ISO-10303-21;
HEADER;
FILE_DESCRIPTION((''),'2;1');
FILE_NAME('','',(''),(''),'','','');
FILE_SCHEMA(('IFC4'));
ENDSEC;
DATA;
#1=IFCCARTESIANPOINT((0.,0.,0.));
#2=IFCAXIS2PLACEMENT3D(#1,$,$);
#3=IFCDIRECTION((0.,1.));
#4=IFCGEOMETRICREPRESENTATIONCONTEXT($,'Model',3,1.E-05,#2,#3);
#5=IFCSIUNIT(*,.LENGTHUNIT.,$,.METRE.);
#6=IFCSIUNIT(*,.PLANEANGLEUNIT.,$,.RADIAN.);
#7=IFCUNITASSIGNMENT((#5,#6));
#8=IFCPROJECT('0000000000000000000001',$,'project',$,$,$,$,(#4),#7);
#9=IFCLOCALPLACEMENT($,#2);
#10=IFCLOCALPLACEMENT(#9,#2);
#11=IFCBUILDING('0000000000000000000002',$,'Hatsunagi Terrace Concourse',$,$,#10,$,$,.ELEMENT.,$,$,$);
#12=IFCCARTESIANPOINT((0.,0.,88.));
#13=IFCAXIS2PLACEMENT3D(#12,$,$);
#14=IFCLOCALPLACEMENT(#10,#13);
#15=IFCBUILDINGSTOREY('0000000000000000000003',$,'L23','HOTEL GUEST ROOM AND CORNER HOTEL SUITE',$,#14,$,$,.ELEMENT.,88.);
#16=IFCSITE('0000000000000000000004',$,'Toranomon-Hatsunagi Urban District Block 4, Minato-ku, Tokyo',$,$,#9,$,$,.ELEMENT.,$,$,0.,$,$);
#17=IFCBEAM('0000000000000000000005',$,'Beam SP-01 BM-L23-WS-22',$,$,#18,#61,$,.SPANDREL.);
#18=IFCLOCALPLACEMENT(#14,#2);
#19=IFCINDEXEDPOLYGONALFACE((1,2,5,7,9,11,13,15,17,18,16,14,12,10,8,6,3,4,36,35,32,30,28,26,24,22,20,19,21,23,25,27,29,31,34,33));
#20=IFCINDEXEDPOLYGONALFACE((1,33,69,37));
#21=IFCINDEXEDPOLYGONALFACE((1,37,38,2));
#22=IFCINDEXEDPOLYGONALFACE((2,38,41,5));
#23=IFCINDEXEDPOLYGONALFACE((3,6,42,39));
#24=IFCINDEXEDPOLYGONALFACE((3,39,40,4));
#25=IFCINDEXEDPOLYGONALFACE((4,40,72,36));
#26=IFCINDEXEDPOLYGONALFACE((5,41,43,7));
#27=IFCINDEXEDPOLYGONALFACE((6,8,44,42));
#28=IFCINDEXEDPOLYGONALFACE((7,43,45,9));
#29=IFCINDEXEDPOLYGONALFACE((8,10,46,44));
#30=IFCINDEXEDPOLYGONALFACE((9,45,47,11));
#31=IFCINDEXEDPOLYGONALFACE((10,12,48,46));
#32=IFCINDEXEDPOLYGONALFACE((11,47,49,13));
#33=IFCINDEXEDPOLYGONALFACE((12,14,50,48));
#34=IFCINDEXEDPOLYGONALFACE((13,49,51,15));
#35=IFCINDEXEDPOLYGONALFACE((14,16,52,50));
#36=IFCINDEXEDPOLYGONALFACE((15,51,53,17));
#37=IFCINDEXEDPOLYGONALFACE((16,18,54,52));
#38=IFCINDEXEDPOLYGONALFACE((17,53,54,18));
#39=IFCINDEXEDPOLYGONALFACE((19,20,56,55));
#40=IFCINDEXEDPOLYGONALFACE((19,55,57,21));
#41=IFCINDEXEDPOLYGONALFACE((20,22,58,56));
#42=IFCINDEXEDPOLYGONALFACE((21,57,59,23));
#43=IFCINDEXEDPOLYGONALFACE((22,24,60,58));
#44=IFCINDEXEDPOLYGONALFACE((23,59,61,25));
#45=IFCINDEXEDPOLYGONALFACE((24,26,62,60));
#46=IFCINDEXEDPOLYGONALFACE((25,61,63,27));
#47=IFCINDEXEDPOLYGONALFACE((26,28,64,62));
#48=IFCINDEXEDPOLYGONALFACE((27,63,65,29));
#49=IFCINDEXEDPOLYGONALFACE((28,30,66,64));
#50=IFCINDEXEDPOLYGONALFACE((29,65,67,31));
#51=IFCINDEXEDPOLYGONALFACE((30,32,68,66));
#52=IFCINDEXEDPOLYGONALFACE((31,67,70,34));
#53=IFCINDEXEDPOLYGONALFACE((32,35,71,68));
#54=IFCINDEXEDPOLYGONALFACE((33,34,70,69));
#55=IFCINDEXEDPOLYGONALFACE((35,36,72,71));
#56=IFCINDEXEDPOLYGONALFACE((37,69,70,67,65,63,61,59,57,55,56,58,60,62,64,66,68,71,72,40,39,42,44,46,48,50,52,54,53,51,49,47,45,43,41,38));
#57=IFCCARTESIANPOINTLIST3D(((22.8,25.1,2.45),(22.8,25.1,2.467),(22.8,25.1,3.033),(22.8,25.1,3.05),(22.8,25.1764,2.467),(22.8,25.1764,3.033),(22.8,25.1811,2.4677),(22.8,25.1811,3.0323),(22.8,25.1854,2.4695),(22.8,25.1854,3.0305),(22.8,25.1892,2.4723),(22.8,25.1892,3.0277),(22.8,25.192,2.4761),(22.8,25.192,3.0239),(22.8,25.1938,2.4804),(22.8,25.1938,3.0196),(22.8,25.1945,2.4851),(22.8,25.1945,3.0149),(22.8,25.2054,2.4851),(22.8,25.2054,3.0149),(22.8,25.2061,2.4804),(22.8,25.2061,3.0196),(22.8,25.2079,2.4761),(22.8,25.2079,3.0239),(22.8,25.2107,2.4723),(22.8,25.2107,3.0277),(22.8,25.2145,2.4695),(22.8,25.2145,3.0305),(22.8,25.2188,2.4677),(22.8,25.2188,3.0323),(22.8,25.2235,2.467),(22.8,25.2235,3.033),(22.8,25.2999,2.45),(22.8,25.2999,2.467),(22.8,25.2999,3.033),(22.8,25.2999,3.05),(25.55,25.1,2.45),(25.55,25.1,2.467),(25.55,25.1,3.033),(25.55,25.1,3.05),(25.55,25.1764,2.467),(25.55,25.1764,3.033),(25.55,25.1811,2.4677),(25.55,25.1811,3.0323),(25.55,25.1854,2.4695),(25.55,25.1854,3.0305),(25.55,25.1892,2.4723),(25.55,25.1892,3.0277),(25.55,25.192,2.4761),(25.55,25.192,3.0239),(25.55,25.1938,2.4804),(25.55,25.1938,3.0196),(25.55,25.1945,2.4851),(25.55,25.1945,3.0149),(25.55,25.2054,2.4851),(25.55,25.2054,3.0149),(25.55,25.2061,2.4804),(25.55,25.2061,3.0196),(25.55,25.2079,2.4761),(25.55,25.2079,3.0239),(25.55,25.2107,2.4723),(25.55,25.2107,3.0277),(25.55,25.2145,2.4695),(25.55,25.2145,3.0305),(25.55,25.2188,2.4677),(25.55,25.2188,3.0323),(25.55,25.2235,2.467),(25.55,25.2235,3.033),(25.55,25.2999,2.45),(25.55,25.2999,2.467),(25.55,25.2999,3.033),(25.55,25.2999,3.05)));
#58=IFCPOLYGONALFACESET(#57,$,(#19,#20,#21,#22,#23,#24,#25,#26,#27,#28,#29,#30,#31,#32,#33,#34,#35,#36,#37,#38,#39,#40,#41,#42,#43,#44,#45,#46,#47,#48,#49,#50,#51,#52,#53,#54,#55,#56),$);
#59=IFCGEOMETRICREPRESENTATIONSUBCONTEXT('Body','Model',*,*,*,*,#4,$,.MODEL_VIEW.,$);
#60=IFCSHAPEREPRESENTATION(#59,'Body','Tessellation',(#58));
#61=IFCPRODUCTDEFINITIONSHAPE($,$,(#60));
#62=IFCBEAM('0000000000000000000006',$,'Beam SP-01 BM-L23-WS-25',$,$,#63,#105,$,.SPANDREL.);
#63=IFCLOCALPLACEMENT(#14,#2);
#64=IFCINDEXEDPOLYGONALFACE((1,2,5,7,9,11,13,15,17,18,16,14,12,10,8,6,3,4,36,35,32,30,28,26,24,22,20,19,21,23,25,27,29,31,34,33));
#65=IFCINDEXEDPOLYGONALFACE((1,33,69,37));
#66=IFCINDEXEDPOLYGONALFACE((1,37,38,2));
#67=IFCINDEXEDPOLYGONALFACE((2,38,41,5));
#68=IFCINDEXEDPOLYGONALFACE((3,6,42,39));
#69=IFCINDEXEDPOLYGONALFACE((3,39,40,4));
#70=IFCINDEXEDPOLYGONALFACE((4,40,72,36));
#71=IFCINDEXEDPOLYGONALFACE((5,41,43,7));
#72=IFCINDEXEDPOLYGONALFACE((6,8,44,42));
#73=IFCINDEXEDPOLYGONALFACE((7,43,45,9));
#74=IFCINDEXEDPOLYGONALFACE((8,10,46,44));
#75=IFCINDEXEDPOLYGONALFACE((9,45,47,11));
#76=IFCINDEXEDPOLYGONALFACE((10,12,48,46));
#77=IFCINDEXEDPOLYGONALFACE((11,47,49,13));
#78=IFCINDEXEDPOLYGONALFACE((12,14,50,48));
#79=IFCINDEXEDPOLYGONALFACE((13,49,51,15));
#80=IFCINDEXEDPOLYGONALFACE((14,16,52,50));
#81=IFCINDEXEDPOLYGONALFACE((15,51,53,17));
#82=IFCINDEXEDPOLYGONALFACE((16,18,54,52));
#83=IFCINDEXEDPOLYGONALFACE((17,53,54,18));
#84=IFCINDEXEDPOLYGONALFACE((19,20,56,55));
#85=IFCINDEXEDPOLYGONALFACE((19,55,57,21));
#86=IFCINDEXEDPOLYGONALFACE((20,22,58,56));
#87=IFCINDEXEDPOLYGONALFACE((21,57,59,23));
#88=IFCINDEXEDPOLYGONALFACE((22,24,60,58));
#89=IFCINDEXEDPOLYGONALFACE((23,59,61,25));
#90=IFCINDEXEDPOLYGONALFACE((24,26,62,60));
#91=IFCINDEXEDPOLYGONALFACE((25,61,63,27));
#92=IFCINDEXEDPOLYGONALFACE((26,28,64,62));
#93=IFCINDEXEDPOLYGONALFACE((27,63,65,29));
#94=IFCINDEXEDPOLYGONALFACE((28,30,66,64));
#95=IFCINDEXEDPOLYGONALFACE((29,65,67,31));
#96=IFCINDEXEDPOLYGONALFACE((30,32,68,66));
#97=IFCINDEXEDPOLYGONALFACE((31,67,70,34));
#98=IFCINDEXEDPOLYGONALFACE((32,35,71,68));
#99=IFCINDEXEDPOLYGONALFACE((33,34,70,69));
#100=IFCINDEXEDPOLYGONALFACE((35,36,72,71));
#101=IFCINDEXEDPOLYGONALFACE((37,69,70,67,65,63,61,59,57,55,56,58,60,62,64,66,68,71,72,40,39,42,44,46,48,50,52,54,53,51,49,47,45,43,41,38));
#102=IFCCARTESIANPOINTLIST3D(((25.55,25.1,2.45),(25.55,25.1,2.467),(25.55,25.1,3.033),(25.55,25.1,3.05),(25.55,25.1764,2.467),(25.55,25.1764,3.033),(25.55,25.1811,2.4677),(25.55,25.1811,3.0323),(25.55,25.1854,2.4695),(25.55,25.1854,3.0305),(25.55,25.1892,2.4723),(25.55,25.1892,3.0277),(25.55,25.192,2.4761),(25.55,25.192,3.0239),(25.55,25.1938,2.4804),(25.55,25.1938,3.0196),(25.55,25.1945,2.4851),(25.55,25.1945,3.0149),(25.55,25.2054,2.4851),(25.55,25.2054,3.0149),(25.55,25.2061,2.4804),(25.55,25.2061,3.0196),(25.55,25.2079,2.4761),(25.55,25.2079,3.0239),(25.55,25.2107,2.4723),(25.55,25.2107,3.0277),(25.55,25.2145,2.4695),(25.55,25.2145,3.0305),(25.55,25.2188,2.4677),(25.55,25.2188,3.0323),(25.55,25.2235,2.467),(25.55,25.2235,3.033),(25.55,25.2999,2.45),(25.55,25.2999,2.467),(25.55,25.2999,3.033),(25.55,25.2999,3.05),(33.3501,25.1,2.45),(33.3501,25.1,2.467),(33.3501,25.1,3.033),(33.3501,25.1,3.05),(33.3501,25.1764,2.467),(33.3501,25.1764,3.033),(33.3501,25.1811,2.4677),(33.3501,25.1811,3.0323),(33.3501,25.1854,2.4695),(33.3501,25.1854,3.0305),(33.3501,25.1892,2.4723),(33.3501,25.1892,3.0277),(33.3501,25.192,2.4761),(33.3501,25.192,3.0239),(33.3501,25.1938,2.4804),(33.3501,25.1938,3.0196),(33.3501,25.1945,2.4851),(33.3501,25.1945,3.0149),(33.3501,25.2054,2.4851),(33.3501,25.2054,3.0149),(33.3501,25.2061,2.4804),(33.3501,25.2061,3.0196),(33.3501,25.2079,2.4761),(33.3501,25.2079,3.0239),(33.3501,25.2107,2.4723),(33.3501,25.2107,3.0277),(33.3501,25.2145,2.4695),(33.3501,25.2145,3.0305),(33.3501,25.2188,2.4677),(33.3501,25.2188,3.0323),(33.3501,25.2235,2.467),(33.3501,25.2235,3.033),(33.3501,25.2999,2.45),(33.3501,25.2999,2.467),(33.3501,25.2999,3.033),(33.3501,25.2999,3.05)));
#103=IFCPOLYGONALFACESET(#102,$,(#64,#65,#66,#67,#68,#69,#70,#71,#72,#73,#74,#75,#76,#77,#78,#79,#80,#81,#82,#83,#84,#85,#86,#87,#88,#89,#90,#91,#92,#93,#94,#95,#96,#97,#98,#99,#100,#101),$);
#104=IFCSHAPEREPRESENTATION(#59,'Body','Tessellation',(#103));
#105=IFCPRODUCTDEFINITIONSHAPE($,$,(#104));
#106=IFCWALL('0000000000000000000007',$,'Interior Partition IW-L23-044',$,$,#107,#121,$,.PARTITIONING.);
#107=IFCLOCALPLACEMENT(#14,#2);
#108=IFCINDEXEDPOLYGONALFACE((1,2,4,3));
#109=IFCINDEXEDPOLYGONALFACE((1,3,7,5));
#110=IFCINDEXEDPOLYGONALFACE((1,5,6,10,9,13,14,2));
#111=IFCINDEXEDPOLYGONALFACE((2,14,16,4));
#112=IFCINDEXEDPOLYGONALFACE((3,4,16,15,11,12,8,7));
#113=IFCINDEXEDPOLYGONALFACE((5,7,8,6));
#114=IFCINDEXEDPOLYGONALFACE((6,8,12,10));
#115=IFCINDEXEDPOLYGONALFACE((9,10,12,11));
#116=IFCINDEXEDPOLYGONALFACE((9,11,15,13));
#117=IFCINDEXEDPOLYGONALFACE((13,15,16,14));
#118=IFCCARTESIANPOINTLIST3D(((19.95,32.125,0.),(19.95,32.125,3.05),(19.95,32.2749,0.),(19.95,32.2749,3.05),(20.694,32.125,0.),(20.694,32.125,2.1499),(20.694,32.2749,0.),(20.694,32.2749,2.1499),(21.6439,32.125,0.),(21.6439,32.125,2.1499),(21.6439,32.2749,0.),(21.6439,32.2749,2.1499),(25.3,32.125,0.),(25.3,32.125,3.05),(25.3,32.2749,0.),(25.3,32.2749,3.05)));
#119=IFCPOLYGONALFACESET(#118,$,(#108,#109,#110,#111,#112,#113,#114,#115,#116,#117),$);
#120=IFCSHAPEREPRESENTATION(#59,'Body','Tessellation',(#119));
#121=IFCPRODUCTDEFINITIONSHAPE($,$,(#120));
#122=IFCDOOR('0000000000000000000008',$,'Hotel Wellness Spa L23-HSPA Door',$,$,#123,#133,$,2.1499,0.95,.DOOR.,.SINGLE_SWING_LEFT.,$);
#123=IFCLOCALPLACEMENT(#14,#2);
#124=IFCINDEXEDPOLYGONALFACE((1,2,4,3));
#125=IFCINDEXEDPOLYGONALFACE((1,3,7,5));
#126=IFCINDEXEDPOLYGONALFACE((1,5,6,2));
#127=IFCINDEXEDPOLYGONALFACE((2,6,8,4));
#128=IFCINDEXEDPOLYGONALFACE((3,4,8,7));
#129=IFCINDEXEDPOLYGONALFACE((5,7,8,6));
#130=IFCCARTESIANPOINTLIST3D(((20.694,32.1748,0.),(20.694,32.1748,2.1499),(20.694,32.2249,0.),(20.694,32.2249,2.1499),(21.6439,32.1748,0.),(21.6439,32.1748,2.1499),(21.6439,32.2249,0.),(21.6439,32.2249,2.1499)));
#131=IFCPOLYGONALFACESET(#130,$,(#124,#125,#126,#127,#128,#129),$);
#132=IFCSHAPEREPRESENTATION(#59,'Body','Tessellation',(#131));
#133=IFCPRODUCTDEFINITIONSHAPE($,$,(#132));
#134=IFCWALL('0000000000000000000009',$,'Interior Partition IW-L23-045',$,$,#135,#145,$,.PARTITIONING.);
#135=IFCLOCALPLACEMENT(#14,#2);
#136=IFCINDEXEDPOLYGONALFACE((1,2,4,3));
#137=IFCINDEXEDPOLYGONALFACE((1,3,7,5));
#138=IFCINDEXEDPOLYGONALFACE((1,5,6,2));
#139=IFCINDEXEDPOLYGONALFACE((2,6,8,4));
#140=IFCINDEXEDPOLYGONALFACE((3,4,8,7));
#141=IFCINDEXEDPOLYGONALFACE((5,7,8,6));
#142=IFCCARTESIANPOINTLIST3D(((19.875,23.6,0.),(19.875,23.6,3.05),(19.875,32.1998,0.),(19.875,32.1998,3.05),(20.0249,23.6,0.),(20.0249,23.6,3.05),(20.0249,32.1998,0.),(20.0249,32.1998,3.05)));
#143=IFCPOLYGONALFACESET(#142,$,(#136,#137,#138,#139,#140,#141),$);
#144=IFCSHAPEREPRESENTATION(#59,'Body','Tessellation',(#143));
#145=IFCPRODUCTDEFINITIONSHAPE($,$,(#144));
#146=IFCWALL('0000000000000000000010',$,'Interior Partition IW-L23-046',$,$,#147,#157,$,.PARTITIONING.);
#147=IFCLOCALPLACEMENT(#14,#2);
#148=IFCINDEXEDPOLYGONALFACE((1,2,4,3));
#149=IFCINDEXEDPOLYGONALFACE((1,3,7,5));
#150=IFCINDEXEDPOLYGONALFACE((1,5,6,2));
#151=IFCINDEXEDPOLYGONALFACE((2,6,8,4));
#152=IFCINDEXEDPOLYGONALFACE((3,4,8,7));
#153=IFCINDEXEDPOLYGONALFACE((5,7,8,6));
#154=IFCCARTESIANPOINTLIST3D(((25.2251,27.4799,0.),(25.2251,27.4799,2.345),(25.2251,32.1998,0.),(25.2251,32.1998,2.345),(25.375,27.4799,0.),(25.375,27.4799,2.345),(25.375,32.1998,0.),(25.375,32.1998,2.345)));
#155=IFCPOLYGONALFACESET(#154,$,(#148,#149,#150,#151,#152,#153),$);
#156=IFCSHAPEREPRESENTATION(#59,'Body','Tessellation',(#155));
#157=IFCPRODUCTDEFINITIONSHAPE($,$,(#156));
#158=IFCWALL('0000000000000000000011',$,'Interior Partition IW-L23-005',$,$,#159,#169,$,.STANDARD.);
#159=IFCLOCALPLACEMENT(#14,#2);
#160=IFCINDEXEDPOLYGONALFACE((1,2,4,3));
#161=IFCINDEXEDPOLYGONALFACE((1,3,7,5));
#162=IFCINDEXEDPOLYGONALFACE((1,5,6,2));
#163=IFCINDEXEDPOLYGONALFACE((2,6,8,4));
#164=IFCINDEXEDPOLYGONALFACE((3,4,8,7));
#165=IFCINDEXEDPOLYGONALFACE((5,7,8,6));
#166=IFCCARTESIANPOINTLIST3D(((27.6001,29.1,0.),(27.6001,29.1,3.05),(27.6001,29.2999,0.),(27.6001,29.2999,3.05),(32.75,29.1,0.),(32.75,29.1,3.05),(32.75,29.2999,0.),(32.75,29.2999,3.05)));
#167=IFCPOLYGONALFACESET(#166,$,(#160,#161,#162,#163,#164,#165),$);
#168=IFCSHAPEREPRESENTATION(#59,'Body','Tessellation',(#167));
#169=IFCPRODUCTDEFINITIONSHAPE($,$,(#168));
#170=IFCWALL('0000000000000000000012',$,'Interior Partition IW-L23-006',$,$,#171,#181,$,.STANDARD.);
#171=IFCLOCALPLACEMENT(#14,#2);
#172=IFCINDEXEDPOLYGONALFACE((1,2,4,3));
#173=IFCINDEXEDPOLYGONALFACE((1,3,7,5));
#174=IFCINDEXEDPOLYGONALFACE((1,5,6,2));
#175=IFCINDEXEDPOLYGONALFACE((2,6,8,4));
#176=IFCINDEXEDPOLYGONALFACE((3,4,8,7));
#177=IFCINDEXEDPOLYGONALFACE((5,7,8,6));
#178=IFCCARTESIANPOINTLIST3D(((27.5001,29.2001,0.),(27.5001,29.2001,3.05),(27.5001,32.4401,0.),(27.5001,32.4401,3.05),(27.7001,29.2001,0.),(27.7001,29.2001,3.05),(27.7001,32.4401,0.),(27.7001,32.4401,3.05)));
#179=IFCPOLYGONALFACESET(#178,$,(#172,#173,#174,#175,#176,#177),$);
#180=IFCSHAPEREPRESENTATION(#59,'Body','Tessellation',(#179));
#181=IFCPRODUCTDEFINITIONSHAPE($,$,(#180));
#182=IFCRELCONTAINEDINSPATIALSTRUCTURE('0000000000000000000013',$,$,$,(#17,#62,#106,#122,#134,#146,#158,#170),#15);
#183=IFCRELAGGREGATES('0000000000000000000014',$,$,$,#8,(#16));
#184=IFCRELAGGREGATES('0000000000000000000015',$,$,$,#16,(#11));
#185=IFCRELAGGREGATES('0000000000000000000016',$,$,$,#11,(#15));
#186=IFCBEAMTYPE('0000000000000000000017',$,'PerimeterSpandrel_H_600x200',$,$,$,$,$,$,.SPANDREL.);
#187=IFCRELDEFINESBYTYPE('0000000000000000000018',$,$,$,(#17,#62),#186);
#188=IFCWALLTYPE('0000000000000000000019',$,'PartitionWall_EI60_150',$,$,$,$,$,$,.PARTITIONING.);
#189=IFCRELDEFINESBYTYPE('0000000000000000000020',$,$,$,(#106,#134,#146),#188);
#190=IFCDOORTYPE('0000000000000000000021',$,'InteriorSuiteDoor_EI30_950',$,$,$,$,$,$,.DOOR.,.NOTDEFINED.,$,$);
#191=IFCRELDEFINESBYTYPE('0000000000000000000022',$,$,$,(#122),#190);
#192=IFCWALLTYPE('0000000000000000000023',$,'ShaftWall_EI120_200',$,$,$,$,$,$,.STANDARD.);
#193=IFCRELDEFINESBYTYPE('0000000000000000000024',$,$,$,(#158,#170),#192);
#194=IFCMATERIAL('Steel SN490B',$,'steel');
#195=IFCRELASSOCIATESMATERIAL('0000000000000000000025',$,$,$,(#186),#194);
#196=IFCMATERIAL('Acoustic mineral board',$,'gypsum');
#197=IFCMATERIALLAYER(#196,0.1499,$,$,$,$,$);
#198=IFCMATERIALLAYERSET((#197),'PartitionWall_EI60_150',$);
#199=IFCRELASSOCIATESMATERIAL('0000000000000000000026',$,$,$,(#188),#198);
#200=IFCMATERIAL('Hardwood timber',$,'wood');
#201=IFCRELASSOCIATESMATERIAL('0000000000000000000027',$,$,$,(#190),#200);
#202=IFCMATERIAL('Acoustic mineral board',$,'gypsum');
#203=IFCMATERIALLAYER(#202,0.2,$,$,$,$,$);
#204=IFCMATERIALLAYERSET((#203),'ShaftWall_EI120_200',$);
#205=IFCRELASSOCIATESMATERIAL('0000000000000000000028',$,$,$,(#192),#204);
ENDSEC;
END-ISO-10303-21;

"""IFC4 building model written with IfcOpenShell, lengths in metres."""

from ifc_helpers import new_model, si_unit, direction, frame, frame_2d, origin, origin_2d, place, context, subcontext, project, spatial, rectangle, i_section, extrude, material, layer, layer_set, material_profile, profile_set, type_object, element, fill, save


model = new_model("IFC4")

# Units and contexts
model_context = context("Model", 3, precision=1e-05, world=origin(), true_north=direction((0.0, 1.0)))
body_context = subcontext(model_context, "Body", "Model", "MODEL_VIEW")
ifc_project = project(units=[si_unit("LENGTHUNIT", "METRE"), si_unit("PLANEANGLEUNIT", "RADIAN")], contexts=[model_context])

# Site, building, storey
site_placement = place(None, origin())
site = spatial("IfcSite", under=ifc_project, at=site_placement, Name="Toranomon-Hatsunagi Urban District Block 4, Minato-ku, Tokyo", CompositionType="ELEMENT", RefElevation=0.0)
building_placement = place(site_placement, origin())
building = spatial("IfcBuilding", under=site, at=building_placement, Name="Hatsunagi Terrace Concourse", CompositionType="ELEMENT")
storey_placement = place(building_placement, frame((0.0, 0.0, 88.0)))
storey = spatial("IfcBuildingStorey", under=building, at=storey_placement, Name="L23", Description="HOTEL GUEST ROOM AND CORNER HOTEL SUITE", CompositionType="ELEMENT", Elevation=88.0)

# Beams
ifc_material_1 = material(Name="Steel SN490B", Category="steel")
ifc_material_profile_1 = material_profile(ifc_material_1, i_section(OverallWidth=0.2, OverallDepth=0.6001, WebThickness=0.011, FlangeThickness=0.0171, FilletRadius=0.0181, at=origin_2d()), Name="H-600x200x11x17")
ifc_profile_set_1 = profile_set([ifc_material_profile_1], Name="Steel SN490B")
beam_type_1 = type_object("IfcBeamType", Name="PerimeterSpandrel_H_600x200", PredefinedType="SPANDREL", material=ifc_profile_set_1)
beam_1_placement = place(storey_placement, frame((22.8, 25.2, 2.75), z_axis=(1.0, 0.0, 0.0), x_axis=(0.0, 1.0, 0.0)))
element("IfcBeam", 1, at=beam_1_placement, inside=storey, type_object=beam_type_1, Name="Beam SP-01 BM-L23-WS-22", PredefinedType="SPANDREL", context=body_context, shape_type="SweptSolid", body=[
    extrude(i_section(OverallWidth=0.2, OverallDepth=0.6001, WebThickness=0.011, FlangeThickness=0.0171, FilletRadius=0.0181, at=origin_2d()), origin(), (0.0, 0.0, 1.0), 2.75),
])
beam_2_placement = place(storey_placement, frame((25.55, 25.2, 2.75), z_axis=(1.0, 0.0, 0.0), x_axis=(0.0, 1.0, 0.0)))
element("IfcBeam", 2, at=beam_2_placement, inside=storey, type_object=beam_type_1, Name="Beam SP-01 BM-L23-WS-25", PredefinedType="SPANDREL", context=body_context, shape_type="SweptSolid", body=[
    extrude(i_section(OverallWidth=0.2, OverallDepth=0.6001, WebThickness=0.011, FlangeThickness=0.0171, FilletRadius=0.0181, at=origin_2d()), origin(), (0.0, 0.0, 1.0), 7.8),
])

# Wall, opening, door
ifc_material_2 = material(Name="Acoustic mineral board", Category="gypsum")
ifc_layer_1 = layer(ifc_material_2, 0.1499)
ifc_layer_set_1 = layer_set([ifc_layer_1], Name="PartitionWall_EI60_150")
wall_type_1 = type_object("IfcWallType", Name="PartitionWall_EI60_150", PredefinedType="PARTITIONING", material=ifc_layer_set_1)
wall_1_placement = place(storey_placement, frame((19.95, 32.2, 0.0), z_axis=(0.0, 0.0, 1.0), x_axis=(1.0, 0.0, 0.0)))
wall_1 = element("IfcWall", 3, at=wall_1_placement, inside=storey, type_object=wall_type_1, Name="Interior Partition IW-L23-044", PredefinedType="PARTITIONING", context=body_context, shape_type="SweptSolid", body=[
    extrude(rectangle(XDim=5.3501, YDim=0.1499, at=frame_2d((2.675, 0.0))), origin(), (0.0, 0.0, 1.0), 3.05),
])
opening_1_placement = place(wall_1_placement, frame((0.7439, 0.0, 0.0)))
opening_1 = element("IfcOpeningElement", 4, at=opening_1_placement, cuts=wall_1, PredefinedType="OPENING", context=body_context, shape_type="SweptSolid", body=[
    extrude(rectangle(XDim=0.95, YDim=2.1499, at=frame_2d((0.4751, 1.075))), frame((0.0, 0.085, 0.0), z_axis=(0.0, -1.0, 0.0), x_axis=(1.0, 0.0, 0.0)), (0.0, 0.0, 1.0), 0.1699),
])
ifc_material_3 = material(Name="Hardwood timber", Category="wood")
door_type_1 = type_object("IfcDoorType", Name="InteriorSuiteDoor_EI30_950", OperationType="NOTDEFINED", PredefinedType="DOOR", material=ifc_material_3)
door_1_placement = place(opening_1_placement, origin())
door_1 = element("IfcDoor", 5, at=door_1_placement, inside=storey, type_object=door_type_1, Name="Hotel Wellness Spa L23-HSPA Door", OperationType="SINGLE_SWING_LEFT", OverallHeight=2.1499, OverallWidth=0.95, PredefinedType="DOOR", context=body_context, shape_type="SweptSolid", body=[
    extrude(rectangle(XDim=0.95, YDim=2.1499, at=frame_2d((0.4751, 1.075))), frame((0.0, 0.0249, 0.0), z_axis=(0.0, -1.0, 0.0), x_axis=(1.0, 0.0, 0.0)), (0.0, 0.0, 1.0), 0.05),
])
fill(opening_1, door_1)

# Walls
wall_2_placement = place(storey_placement, frame((19.95, 23.6001, 0.0), z_axis=(0.0, 0.0, 1.0), x_axis=(0.0, 1.0, 0.0)))
element("IfcWall", 6, at=wall_2_placement, inside=storey, type_object=wall_type_1, Name="Interior Partition IW-L23-045", PredefinedType="PARTITIONING", context=body_context, shape_type="SweptSolid", body=[
    extrude(rectangle(XDim=8.5999, YDim=0.1499, at=frame_2d((4.2998, 0.0))), origin(), (0.0, 0.0, 1.0), 3.05),
])
wall_3_placement = place(storey_placement, frame((25.3, 27.48, 0.0), z_axis=(0.0, 0.0, 1.0), x_axis=(0.0, 1.0, 0.0)))
element("IfcWall", 7, at=wall_3_placement, inside=storey, type_object=wall_type_1, Name="Interior Partition IW-L23-046", PredefinedType="PARTITIONING", context=body_context, shape_type="SweptSolid", body=[
    extrude(rectangle(XDim=4.72, YDim=0.1499, at=frame_2d((2.3599, 0.0))), origin(), (0.0, 0.0, 1.0), 2.345),
])

# Walls
ifc_material_4 = material(Name="Acoustic mineral board", Category="gypsum")
ifc_layer_2 = layer(ifc_material_4, 0.2)
ifc_layer_set_2 = layer_set([ifc_layer_2], Name="ShaftWall_EI120_200")
wall_type_2 = type_object("IfcWallType", Name="ShaftWall_EI120_200", PredefinedType="STANDARD", material=ifc_layer_set_2)
wall_4_placement = place(storey_placement, frame((27.6001, 29.2, 0.0), z_axis=(0.0, 0.0, 1.0), x_axis=(1.0, 0.0, 0.0)))
element("IfcWall", 8, at=wall_4_placement, inside=storey, type_object=wall_type_2, Name="Interior Partition IW-L23-005", PredefinedType="STANDARD", context=body_context, shape_type="SweptSolid", body=[
    extrude(rectangle(XDim=5.1499, YDim=0.2, at=frame_2d((2.575, 0.0))), origin(), (0.0, 0.0, 1.0), 3.05),
])
wall_5_placement = place(storey_placement, frame((27.6001, 29.2, 0.0), z_axis=(0.0, 0.0, 1.0), x_axis=(0.0, 1.0, 0.0)))
element("IfcWall", 9, at=wall_5_placement, inside=storey, type_object=wall_type_2, Name="Interior Partition IW-L23-006", PredefinedType="STANDARD", context=body_context, shape_type="SweptSolid", body=[
    extrude(rectangle(XDim=3.24, YDim=0.2, at=frame_2d((1.6201, 0.0))), origin(), (0.0, 0.0, 1.0), 3.05),
])

save(model, "model.ifc")
